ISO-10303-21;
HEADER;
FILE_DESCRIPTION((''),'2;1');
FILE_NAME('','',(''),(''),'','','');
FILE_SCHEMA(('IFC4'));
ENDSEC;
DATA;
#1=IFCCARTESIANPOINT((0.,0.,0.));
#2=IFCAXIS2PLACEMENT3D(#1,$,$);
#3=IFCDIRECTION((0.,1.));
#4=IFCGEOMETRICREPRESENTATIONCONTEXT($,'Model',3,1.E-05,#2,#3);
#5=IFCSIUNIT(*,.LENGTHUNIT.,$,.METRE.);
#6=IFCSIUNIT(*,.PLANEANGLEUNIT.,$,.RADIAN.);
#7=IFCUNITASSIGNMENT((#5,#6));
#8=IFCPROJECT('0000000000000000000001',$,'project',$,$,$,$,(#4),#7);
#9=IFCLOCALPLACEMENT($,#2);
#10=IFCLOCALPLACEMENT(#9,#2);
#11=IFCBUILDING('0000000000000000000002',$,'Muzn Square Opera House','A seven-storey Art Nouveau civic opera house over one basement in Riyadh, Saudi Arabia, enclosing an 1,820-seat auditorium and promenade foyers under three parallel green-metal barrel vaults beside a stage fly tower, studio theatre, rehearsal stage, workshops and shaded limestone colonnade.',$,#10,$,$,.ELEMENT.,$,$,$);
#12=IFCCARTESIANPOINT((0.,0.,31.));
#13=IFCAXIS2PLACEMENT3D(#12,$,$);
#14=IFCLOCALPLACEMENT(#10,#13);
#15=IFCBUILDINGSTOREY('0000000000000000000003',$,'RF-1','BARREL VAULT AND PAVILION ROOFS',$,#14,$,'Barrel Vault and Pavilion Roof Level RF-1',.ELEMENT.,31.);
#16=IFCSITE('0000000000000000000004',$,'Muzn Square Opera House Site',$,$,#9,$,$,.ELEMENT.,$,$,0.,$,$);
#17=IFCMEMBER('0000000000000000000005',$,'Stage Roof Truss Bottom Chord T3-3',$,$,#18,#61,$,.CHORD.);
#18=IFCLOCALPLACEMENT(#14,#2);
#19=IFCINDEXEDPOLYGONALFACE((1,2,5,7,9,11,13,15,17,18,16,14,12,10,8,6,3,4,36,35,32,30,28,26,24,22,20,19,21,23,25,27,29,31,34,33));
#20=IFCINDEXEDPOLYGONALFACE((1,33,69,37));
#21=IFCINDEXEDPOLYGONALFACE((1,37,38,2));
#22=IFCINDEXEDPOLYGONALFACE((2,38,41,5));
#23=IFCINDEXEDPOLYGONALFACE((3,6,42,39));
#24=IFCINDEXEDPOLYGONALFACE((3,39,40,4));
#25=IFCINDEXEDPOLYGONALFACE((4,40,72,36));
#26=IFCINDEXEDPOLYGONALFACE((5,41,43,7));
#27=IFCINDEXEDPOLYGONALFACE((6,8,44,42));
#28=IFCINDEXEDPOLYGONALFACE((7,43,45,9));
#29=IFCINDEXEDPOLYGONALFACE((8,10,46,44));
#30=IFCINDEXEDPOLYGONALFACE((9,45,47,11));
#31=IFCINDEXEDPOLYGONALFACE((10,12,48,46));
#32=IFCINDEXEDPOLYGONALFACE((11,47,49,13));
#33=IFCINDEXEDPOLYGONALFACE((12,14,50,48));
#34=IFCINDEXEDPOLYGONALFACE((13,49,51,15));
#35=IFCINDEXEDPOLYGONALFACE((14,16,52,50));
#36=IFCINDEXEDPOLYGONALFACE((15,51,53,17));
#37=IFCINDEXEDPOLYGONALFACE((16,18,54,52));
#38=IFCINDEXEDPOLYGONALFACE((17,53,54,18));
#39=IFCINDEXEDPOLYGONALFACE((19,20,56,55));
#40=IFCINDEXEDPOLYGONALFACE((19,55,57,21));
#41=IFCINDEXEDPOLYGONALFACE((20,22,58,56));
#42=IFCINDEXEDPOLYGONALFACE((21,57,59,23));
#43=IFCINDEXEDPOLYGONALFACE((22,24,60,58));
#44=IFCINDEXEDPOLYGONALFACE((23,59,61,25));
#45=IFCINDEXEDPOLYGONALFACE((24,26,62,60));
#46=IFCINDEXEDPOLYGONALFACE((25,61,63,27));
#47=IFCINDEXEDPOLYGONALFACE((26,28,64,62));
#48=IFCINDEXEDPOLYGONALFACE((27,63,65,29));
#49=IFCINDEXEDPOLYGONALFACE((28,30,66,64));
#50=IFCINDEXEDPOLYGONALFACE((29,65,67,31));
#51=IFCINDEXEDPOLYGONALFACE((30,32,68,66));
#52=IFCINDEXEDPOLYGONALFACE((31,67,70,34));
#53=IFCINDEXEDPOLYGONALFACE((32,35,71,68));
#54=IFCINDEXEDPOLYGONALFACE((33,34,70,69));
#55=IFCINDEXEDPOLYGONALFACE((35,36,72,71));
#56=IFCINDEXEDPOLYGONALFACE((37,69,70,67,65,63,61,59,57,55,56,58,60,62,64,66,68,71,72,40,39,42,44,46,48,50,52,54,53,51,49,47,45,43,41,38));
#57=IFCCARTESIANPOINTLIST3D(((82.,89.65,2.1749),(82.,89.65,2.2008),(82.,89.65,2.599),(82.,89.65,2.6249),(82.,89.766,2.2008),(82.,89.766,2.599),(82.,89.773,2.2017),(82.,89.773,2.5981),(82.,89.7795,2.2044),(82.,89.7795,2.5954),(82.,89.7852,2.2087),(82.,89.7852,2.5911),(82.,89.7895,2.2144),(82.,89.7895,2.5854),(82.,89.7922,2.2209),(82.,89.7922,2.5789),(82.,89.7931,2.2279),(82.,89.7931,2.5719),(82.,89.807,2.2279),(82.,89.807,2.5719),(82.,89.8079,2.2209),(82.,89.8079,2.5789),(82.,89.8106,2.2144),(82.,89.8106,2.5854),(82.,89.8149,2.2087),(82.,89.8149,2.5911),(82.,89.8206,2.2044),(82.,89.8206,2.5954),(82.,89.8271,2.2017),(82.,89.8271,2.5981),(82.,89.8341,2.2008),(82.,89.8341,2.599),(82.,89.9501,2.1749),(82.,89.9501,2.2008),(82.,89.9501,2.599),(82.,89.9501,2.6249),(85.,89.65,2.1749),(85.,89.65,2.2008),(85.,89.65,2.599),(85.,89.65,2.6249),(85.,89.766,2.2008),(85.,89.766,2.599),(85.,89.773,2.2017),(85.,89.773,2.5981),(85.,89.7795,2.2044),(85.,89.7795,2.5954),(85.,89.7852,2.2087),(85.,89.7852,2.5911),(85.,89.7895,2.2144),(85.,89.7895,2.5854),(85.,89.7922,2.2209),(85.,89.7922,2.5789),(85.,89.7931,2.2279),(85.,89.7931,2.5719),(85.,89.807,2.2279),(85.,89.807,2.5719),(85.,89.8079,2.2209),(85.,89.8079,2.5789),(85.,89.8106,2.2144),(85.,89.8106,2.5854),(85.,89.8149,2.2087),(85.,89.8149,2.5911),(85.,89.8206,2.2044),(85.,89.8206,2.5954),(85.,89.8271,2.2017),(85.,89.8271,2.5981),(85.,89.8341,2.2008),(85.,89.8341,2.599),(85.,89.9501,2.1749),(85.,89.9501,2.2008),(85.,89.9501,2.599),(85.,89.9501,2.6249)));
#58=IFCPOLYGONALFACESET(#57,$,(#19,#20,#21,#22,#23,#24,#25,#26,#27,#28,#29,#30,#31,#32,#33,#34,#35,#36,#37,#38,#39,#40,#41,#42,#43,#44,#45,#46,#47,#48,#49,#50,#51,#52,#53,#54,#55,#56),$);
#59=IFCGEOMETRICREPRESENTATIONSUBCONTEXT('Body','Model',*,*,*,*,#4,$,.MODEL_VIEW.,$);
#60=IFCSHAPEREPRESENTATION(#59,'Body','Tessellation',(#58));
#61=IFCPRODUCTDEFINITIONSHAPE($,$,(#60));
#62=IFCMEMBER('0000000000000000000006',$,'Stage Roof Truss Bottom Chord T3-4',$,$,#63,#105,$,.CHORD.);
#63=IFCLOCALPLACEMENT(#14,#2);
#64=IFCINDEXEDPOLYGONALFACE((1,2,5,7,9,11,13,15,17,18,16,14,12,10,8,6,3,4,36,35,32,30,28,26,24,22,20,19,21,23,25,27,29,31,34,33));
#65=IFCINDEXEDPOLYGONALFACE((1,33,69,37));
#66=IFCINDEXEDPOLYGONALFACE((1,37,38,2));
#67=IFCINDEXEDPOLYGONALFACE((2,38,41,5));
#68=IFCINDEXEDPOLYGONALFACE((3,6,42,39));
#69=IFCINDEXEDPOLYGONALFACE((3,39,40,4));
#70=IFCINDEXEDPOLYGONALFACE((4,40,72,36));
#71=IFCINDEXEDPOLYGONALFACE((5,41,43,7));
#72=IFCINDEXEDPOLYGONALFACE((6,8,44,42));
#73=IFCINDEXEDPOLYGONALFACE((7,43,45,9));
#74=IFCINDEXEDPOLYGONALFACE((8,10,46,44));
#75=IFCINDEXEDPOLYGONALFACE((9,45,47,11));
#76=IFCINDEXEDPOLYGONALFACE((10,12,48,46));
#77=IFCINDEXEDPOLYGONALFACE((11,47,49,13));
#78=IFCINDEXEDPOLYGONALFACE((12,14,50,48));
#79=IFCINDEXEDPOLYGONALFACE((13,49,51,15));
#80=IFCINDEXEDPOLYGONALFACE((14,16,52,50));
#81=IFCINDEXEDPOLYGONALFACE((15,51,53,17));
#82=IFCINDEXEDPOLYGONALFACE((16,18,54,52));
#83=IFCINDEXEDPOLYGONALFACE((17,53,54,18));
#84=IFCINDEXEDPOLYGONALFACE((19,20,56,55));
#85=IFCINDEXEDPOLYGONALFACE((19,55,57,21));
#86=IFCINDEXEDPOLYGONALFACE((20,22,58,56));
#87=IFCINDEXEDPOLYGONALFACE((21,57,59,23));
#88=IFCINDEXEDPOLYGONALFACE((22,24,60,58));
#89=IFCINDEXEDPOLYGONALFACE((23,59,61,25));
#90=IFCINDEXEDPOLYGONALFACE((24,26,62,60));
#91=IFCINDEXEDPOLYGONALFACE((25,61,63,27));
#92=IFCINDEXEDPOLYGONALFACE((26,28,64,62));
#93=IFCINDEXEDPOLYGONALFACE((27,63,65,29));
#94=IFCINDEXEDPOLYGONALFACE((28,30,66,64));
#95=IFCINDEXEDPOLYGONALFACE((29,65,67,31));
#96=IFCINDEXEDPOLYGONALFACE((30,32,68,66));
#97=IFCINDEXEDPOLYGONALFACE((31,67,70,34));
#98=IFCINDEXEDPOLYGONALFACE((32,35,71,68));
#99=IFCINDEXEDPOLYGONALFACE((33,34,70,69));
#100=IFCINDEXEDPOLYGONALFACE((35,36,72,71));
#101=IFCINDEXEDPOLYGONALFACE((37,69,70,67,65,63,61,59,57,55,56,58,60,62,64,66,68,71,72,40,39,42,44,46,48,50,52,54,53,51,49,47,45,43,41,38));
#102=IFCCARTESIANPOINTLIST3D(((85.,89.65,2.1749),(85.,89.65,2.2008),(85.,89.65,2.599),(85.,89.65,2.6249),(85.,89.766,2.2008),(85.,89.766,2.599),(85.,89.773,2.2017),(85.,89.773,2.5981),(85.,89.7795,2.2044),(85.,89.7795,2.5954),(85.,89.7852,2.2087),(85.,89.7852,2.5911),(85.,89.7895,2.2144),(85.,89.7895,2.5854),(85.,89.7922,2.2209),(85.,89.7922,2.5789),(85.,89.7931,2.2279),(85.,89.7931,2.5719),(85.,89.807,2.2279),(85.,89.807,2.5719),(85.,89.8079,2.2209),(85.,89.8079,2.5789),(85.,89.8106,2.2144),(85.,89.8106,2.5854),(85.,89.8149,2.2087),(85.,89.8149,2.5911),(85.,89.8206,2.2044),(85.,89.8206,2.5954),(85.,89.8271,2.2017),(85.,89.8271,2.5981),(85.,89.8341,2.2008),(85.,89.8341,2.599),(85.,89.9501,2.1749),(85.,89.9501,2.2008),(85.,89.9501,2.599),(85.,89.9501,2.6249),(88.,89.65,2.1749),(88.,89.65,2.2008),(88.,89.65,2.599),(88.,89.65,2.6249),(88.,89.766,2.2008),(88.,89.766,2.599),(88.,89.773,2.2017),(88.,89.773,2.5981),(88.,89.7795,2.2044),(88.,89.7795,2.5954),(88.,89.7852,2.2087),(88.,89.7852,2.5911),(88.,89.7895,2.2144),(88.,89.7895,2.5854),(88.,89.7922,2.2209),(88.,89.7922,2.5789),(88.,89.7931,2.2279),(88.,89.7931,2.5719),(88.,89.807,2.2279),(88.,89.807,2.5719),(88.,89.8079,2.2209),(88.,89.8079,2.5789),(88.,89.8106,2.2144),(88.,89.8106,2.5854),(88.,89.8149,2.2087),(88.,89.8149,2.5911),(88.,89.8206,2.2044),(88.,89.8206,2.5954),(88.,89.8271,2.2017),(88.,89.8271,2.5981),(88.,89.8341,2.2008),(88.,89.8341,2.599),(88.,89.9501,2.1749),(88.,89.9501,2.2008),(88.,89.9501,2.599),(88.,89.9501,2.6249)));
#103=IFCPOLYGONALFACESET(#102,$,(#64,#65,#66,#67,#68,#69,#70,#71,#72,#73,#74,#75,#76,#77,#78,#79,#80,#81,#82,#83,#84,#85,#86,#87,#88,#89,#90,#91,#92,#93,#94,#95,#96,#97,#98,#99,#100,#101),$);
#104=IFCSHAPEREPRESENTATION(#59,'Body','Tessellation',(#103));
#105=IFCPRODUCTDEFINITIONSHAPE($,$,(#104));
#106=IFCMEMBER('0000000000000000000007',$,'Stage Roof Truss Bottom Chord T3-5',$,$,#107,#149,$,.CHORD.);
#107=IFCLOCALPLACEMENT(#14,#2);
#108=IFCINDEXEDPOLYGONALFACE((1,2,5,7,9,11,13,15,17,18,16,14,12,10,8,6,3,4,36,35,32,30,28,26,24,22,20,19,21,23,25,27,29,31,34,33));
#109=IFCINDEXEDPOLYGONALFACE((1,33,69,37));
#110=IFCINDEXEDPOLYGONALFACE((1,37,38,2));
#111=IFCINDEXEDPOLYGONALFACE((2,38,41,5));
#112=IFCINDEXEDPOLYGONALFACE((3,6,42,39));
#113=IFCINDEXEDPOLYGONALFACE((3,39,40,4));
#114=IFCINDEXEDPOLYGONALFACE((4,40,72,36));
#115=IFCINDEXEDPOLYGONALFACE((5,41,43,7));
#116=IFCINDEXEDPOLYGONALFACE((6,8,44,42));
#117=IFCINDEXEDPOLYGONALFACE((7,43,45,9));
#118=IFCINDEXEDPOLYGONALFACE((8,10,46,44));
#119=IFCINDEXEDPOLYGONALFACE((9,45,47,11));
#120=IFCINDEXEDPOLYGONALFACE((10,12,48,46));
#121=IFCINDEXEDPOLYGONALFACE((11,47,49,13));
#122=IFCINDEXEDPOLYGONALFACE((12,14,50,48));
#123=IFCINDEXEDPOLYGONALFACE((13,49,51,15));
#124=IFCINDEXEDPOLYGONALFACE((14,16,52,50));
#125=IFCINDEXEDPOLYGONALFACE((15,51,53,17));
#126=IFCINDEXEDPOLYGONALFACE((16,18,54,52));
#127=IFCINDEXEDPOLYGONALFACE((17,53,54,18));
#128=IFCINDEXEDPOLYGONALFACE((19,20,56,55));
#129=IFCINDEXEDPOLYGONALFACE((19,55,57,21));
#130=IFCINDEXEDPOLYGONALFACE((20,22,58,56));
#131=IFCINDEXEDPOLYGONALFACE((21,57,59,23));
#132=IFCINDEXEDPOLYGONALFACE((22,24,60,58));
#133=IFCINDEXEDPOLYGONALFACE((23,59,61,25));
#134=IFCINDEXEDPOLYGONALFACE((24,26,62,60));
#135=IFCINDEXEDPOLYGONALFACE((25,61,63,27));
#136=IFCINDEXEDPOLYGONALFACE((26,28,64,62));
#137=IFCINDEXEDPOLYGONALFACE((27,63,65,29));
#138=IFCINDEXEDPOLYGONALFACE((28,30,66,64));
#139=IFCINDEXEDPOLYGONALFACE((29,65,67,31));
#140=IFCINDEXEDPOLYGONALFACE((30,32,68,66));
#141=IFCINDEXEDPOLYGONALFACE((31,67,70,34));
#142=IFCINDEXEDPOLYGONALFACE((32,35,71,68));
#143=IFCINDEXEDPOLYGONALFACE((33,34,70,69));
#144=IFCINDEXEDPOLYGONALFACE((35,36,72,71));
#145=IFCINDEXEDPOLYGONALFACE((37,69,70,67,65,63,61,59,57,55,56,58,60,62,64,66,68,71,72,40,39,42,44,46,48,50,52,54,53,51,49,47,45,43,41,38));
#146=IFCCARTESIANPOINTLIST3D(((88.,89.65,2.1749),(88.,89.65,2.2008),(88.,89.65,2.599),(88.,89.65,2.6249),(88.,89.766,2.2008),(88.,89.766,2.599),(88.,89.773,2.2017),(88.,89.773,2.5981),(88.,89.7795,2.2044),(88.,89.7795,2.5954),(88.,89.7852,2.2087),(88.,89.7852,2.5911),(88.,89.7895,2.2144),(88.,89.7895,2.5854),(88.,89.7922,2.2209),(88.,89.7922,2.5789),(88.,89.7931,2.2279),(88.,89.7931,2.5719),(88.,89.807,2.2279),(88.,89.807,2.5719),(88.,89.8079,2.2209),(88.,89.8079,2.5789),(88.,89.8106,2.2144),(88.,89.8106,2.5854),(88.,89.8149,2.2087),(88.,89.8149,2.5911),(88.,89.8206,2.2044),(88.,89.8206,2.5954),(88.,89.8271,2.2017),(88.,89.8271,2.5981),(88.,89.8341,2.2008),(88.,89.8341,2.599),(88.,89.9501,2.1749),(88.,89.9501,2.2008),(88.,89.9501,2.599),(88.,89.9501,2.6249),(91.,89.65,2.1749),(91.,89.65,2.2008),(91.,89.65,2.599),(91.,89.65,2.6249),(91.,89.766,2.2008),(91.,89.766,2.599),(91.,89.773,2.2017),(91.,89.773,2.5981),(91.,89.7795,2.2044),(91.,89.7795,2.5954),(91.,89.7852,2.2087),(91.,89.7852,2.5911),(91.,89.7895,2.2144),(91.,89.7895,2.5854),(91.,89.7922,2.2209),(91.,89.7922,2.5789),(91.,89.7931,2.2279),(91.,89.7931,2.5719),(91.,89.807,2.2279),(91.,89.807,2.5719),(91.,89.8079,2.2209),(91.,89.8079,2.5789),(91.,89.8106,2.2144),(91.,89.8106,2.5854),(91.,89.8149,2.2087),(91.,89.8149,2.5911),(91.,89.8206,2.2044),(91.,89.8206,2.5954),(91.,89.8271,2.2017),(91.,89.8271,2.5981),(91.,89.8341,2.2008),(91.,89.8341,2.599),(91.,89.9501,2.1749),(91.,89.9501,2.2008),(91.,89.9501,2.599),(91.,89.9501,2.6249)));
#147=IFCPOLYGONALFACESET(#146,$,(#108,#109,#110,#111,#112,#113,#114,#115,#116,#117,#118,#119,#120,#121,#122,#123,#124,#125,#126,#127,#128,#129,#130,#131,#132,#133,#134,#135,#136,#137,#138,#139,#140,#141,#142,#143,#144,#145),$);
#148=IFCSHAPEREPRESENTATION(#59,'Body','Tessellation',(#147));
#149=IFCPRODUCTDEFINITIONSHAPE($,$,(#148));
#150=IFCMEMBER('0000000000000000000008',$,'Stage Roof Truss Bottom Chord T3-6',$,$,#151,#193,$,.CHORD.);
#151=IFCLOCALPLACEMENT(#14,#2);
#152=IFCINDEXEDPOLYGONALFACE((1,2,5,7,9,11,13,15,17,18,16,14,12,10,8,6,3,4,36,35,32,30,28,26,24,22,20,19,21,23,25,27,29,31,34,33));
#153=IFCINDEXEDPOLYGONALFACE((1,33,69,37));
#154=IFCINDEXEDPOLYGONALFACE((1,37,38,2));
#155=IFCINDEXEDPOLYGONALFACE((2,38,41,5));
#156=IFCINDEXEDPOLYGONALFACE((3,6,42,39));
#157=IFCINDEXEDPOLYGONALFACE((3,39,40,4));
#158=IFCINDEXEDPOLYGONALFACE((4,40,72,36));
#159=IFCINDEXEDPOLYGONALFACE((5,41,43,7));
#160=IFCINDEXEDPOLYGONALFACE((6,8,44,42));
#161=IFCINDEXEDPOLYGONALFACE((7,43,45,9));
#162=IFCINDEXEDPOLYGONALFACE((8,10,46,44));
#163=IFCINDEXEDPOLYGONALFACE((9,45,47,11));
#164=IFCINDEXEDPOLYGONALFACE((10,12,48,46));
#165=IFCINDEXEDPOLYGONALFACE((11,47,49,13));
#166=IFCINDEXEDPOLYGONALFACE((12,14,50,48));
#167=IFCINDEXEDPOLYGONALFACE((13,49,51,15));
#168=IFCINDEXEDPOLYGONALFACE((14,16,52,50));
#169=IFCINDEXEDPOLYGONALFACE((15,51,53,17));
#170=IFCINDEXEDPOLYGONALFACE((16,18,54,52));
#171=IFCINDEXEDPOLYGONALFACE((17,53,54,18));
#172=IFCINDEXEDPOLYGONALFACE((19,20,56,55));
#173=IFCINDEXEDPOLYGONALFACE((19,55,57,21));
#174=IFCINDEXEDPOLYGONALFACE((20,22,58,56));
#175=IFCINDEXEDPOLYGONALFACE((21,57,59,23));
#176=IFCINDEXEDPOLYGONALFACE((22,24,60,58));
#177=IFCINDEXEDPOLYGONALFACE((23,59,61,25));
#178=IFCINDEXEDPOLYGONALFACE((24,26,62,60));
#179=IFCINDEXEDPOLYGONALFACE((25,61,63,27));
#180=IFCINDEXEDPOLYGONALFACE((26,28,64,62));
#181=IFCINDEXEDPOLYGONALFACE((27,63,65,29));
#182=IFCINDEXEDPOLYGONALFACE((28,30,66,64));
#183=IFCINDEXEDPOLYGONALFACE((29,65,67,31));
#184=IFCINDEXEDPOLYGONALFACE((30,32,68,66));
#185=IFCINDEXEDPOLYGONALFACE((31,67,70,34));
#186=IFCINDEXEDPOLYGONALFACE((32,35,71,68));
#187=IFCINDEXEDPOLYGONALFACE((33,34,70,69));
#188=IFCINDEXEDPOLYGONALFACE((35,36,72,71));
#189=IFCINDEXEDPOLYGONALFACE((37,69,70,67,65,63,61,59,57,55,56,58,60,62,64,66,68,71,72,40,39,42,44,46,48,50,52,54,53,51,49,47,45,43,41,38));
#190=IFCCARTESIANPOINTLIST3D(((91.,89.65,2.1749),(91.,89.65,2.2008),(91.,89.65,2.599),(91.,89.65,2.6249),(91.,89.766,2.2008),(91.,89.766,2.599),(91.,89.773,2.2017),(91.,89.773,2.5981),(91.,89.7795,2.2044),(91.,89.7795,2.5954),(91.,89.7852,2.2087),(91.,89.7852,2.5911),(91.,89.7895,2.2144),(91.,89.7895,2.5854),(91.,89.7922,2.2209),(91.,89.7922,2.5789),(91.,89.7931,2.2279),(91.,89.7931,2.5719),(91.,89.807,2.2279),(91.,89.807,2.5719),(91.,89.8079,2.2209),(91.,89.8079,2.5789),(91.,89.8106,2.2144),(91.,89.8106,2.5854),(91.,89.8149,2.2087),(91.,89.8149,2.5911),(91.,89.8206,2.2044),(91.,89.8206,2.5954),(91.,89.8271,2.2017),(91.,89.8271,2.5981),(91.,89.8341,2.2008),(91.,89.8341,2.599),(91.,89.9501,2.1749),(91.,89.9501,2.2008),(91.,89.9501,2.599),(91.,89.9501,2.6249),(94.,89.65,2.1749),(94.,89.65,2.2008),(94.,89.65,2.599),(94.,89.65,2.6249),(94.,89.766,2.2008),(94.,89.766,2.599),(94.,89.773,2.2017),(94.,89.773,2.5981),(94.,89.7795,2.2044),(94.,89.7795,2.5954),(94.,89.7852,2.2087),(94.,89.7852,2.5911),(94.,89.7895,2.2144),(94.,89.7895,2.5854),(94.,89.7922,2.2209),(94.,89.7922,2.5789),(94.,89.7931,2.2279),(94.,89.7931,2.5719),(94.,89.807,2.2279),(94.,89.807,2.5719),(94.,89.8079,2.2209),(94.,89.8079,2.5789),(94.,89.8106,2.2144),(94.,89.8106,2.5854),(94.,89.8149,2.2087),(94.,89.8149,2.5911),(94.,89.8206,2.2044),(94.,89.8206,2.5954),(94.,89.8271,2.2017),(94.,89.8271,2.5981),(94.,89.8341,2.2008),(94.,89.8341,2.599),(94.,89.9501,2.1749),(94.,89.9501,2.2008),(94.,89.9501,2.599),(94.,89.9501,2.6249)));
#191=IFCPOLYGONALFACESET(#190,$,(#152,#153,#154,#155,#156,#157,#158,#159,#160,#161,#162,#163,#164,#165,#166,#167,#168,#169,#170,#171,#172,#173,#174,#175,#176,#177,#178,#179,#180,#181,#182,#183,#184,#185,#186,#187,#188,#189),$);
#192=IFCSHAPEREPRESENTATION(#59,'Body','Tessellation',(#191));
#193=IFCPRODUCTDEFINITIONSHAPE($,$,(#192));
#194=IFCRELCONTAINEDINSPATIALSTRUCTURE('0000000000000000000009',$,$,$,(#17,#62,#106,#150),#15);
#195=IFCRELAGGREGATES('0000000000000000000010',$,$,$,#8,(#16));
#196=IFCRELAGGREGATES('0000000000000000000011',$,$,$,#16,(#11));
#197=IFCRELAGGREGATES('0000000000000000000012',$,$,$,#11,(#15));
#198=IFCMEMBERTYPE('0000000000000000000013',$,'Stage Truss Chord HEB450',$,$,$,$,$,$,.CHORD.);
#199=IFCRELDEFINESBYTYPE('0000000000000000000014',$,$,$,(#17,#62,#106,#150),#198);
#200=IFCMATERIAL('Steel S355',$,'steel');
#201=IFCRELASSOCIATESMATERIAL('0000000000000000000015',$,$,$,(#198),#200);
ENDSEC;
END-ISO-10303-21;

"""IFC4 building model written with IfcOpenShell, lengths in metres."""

from ifc_helpers import new_model, si_unit, direction, frame, origin, origin_2d, place, context, subcontext, project, spatial, i_section, extrude, material, material_profile, profile_set, type_object, element, save


model = new_model("IFC4")

# Units and contexts
model_context = context("Model", 3, precision=1e-05, world=origin(), true_north=direction((0.0, 1.0)))
body_context = subcontext(model_context, "Body", "Model", "MODEL_VIEW")
ifc_project = project(units=[si_unit("LENGTHUNIT", "METRE"), si_unit("PLANEANGLEUNIT", "RADIAN")], contexts=[model_context])

# Site, building, storey
site_placement = place(None, origin())
site = spatial("IfcSite", under=ifc_project, at=site_placement, Name="Muzn Square Opera House Site", CompositionType="ELEMENT", RefElevation=0.0)
building_placement = place(site_placement, origin())
building = spatial("IfcBuilding", under=site, at=building_placement, Name="Muzn Square Opera House", Description="A seven-storey Art Nouveau civic opera house over one basement in Riyadh, Saudi Arabia, enclosing an 1,820-seat auditorium and promenade foyers under three parallel green-metal barrel vaults beside a stage fly tower, studio theatre, rehearsal stage, workshops and shaded limestone colonnade.", CompositionType="ELEMENT")
storey_placement = place(building_placement, frame((0.0, 0.0, 31.0)))
storey = spatial("IfcBuildingStorey", under=building, at=storey_placement, Name="RF-1", Description="BARREL VAULT AND PAVILION ROOFS", LongName="Barrel Vault and Pavilion Roof Level RF-1", CompositionType="ELEMENT", Elevation=31.0)

# Shared definitions
ifc_material_1 = material(Name="Steel S355", Category="steel")

# Members
ifc_material_profile_1 = material_profile(ifc_material_1, i_section(OverallWidth=0.3, OverallDepth=0.45, WebThickness=0.0139, FlangeThickness=0.0259, FilletRadius=0.0271, at=origin_2d()), Name="HEB 450", Category="steel")
ifc_profile_set_1 = profile_set([ifc_material_profile_1], Name="Steel S355")
member_type_1 = type_object("IfcMemberType", Name="Stage Truss Chord HEB450", PredefinedType="CHORD", material=ifc_profile_set_1)
for number, where, z_axis, x_axis, name in (
    (1, (82.0, 89.8, 2.3999), (1.0, 0.0, 0.0), (0.0, 1.0, 0.0), "Stage Roof Truss Bottom Chord T3-3"),
    (2, (85.0, 89.8, 2.3999), (1.0, 0.0, 0.0), (0.0, 1.0, 0.0), "Stage Roof Truss Bottom Chord T3-4"),
    (3, (88.0, 89.8, 2.3999), (1.0, 0.0, 0.0), (0.0, 1.0, 0.0), "Stage Roof Truss Bottom Chord T3-5"),
    (4, (91.0, 89.8, 2.3999), (1.0, 0.0, 0.0), (0.0, 1.0, 0.0), "Stage Roof Truss Bottom Chord T3-6"),
):
    element("IfcMember", number, at=place(storey_placement, frame(where, z_axis=z_axis, x_axis=x_axis)), inside=storey, type_object=member_type_1, Name=name, PredefinedType="CHORD", context=body_context, shape_type="SweptSolid", body=[
        extrude(i_section(OverallWidth=0.3, OverallDepth=0.45, WebThickness=0.0139, FlangeThickness=0.0259, FilletRadius=0.0271, at=origin_2d()), origin(), (0.0, 0.0, 1.0), 3.0),
    ])

save(model, "model.ifc")
